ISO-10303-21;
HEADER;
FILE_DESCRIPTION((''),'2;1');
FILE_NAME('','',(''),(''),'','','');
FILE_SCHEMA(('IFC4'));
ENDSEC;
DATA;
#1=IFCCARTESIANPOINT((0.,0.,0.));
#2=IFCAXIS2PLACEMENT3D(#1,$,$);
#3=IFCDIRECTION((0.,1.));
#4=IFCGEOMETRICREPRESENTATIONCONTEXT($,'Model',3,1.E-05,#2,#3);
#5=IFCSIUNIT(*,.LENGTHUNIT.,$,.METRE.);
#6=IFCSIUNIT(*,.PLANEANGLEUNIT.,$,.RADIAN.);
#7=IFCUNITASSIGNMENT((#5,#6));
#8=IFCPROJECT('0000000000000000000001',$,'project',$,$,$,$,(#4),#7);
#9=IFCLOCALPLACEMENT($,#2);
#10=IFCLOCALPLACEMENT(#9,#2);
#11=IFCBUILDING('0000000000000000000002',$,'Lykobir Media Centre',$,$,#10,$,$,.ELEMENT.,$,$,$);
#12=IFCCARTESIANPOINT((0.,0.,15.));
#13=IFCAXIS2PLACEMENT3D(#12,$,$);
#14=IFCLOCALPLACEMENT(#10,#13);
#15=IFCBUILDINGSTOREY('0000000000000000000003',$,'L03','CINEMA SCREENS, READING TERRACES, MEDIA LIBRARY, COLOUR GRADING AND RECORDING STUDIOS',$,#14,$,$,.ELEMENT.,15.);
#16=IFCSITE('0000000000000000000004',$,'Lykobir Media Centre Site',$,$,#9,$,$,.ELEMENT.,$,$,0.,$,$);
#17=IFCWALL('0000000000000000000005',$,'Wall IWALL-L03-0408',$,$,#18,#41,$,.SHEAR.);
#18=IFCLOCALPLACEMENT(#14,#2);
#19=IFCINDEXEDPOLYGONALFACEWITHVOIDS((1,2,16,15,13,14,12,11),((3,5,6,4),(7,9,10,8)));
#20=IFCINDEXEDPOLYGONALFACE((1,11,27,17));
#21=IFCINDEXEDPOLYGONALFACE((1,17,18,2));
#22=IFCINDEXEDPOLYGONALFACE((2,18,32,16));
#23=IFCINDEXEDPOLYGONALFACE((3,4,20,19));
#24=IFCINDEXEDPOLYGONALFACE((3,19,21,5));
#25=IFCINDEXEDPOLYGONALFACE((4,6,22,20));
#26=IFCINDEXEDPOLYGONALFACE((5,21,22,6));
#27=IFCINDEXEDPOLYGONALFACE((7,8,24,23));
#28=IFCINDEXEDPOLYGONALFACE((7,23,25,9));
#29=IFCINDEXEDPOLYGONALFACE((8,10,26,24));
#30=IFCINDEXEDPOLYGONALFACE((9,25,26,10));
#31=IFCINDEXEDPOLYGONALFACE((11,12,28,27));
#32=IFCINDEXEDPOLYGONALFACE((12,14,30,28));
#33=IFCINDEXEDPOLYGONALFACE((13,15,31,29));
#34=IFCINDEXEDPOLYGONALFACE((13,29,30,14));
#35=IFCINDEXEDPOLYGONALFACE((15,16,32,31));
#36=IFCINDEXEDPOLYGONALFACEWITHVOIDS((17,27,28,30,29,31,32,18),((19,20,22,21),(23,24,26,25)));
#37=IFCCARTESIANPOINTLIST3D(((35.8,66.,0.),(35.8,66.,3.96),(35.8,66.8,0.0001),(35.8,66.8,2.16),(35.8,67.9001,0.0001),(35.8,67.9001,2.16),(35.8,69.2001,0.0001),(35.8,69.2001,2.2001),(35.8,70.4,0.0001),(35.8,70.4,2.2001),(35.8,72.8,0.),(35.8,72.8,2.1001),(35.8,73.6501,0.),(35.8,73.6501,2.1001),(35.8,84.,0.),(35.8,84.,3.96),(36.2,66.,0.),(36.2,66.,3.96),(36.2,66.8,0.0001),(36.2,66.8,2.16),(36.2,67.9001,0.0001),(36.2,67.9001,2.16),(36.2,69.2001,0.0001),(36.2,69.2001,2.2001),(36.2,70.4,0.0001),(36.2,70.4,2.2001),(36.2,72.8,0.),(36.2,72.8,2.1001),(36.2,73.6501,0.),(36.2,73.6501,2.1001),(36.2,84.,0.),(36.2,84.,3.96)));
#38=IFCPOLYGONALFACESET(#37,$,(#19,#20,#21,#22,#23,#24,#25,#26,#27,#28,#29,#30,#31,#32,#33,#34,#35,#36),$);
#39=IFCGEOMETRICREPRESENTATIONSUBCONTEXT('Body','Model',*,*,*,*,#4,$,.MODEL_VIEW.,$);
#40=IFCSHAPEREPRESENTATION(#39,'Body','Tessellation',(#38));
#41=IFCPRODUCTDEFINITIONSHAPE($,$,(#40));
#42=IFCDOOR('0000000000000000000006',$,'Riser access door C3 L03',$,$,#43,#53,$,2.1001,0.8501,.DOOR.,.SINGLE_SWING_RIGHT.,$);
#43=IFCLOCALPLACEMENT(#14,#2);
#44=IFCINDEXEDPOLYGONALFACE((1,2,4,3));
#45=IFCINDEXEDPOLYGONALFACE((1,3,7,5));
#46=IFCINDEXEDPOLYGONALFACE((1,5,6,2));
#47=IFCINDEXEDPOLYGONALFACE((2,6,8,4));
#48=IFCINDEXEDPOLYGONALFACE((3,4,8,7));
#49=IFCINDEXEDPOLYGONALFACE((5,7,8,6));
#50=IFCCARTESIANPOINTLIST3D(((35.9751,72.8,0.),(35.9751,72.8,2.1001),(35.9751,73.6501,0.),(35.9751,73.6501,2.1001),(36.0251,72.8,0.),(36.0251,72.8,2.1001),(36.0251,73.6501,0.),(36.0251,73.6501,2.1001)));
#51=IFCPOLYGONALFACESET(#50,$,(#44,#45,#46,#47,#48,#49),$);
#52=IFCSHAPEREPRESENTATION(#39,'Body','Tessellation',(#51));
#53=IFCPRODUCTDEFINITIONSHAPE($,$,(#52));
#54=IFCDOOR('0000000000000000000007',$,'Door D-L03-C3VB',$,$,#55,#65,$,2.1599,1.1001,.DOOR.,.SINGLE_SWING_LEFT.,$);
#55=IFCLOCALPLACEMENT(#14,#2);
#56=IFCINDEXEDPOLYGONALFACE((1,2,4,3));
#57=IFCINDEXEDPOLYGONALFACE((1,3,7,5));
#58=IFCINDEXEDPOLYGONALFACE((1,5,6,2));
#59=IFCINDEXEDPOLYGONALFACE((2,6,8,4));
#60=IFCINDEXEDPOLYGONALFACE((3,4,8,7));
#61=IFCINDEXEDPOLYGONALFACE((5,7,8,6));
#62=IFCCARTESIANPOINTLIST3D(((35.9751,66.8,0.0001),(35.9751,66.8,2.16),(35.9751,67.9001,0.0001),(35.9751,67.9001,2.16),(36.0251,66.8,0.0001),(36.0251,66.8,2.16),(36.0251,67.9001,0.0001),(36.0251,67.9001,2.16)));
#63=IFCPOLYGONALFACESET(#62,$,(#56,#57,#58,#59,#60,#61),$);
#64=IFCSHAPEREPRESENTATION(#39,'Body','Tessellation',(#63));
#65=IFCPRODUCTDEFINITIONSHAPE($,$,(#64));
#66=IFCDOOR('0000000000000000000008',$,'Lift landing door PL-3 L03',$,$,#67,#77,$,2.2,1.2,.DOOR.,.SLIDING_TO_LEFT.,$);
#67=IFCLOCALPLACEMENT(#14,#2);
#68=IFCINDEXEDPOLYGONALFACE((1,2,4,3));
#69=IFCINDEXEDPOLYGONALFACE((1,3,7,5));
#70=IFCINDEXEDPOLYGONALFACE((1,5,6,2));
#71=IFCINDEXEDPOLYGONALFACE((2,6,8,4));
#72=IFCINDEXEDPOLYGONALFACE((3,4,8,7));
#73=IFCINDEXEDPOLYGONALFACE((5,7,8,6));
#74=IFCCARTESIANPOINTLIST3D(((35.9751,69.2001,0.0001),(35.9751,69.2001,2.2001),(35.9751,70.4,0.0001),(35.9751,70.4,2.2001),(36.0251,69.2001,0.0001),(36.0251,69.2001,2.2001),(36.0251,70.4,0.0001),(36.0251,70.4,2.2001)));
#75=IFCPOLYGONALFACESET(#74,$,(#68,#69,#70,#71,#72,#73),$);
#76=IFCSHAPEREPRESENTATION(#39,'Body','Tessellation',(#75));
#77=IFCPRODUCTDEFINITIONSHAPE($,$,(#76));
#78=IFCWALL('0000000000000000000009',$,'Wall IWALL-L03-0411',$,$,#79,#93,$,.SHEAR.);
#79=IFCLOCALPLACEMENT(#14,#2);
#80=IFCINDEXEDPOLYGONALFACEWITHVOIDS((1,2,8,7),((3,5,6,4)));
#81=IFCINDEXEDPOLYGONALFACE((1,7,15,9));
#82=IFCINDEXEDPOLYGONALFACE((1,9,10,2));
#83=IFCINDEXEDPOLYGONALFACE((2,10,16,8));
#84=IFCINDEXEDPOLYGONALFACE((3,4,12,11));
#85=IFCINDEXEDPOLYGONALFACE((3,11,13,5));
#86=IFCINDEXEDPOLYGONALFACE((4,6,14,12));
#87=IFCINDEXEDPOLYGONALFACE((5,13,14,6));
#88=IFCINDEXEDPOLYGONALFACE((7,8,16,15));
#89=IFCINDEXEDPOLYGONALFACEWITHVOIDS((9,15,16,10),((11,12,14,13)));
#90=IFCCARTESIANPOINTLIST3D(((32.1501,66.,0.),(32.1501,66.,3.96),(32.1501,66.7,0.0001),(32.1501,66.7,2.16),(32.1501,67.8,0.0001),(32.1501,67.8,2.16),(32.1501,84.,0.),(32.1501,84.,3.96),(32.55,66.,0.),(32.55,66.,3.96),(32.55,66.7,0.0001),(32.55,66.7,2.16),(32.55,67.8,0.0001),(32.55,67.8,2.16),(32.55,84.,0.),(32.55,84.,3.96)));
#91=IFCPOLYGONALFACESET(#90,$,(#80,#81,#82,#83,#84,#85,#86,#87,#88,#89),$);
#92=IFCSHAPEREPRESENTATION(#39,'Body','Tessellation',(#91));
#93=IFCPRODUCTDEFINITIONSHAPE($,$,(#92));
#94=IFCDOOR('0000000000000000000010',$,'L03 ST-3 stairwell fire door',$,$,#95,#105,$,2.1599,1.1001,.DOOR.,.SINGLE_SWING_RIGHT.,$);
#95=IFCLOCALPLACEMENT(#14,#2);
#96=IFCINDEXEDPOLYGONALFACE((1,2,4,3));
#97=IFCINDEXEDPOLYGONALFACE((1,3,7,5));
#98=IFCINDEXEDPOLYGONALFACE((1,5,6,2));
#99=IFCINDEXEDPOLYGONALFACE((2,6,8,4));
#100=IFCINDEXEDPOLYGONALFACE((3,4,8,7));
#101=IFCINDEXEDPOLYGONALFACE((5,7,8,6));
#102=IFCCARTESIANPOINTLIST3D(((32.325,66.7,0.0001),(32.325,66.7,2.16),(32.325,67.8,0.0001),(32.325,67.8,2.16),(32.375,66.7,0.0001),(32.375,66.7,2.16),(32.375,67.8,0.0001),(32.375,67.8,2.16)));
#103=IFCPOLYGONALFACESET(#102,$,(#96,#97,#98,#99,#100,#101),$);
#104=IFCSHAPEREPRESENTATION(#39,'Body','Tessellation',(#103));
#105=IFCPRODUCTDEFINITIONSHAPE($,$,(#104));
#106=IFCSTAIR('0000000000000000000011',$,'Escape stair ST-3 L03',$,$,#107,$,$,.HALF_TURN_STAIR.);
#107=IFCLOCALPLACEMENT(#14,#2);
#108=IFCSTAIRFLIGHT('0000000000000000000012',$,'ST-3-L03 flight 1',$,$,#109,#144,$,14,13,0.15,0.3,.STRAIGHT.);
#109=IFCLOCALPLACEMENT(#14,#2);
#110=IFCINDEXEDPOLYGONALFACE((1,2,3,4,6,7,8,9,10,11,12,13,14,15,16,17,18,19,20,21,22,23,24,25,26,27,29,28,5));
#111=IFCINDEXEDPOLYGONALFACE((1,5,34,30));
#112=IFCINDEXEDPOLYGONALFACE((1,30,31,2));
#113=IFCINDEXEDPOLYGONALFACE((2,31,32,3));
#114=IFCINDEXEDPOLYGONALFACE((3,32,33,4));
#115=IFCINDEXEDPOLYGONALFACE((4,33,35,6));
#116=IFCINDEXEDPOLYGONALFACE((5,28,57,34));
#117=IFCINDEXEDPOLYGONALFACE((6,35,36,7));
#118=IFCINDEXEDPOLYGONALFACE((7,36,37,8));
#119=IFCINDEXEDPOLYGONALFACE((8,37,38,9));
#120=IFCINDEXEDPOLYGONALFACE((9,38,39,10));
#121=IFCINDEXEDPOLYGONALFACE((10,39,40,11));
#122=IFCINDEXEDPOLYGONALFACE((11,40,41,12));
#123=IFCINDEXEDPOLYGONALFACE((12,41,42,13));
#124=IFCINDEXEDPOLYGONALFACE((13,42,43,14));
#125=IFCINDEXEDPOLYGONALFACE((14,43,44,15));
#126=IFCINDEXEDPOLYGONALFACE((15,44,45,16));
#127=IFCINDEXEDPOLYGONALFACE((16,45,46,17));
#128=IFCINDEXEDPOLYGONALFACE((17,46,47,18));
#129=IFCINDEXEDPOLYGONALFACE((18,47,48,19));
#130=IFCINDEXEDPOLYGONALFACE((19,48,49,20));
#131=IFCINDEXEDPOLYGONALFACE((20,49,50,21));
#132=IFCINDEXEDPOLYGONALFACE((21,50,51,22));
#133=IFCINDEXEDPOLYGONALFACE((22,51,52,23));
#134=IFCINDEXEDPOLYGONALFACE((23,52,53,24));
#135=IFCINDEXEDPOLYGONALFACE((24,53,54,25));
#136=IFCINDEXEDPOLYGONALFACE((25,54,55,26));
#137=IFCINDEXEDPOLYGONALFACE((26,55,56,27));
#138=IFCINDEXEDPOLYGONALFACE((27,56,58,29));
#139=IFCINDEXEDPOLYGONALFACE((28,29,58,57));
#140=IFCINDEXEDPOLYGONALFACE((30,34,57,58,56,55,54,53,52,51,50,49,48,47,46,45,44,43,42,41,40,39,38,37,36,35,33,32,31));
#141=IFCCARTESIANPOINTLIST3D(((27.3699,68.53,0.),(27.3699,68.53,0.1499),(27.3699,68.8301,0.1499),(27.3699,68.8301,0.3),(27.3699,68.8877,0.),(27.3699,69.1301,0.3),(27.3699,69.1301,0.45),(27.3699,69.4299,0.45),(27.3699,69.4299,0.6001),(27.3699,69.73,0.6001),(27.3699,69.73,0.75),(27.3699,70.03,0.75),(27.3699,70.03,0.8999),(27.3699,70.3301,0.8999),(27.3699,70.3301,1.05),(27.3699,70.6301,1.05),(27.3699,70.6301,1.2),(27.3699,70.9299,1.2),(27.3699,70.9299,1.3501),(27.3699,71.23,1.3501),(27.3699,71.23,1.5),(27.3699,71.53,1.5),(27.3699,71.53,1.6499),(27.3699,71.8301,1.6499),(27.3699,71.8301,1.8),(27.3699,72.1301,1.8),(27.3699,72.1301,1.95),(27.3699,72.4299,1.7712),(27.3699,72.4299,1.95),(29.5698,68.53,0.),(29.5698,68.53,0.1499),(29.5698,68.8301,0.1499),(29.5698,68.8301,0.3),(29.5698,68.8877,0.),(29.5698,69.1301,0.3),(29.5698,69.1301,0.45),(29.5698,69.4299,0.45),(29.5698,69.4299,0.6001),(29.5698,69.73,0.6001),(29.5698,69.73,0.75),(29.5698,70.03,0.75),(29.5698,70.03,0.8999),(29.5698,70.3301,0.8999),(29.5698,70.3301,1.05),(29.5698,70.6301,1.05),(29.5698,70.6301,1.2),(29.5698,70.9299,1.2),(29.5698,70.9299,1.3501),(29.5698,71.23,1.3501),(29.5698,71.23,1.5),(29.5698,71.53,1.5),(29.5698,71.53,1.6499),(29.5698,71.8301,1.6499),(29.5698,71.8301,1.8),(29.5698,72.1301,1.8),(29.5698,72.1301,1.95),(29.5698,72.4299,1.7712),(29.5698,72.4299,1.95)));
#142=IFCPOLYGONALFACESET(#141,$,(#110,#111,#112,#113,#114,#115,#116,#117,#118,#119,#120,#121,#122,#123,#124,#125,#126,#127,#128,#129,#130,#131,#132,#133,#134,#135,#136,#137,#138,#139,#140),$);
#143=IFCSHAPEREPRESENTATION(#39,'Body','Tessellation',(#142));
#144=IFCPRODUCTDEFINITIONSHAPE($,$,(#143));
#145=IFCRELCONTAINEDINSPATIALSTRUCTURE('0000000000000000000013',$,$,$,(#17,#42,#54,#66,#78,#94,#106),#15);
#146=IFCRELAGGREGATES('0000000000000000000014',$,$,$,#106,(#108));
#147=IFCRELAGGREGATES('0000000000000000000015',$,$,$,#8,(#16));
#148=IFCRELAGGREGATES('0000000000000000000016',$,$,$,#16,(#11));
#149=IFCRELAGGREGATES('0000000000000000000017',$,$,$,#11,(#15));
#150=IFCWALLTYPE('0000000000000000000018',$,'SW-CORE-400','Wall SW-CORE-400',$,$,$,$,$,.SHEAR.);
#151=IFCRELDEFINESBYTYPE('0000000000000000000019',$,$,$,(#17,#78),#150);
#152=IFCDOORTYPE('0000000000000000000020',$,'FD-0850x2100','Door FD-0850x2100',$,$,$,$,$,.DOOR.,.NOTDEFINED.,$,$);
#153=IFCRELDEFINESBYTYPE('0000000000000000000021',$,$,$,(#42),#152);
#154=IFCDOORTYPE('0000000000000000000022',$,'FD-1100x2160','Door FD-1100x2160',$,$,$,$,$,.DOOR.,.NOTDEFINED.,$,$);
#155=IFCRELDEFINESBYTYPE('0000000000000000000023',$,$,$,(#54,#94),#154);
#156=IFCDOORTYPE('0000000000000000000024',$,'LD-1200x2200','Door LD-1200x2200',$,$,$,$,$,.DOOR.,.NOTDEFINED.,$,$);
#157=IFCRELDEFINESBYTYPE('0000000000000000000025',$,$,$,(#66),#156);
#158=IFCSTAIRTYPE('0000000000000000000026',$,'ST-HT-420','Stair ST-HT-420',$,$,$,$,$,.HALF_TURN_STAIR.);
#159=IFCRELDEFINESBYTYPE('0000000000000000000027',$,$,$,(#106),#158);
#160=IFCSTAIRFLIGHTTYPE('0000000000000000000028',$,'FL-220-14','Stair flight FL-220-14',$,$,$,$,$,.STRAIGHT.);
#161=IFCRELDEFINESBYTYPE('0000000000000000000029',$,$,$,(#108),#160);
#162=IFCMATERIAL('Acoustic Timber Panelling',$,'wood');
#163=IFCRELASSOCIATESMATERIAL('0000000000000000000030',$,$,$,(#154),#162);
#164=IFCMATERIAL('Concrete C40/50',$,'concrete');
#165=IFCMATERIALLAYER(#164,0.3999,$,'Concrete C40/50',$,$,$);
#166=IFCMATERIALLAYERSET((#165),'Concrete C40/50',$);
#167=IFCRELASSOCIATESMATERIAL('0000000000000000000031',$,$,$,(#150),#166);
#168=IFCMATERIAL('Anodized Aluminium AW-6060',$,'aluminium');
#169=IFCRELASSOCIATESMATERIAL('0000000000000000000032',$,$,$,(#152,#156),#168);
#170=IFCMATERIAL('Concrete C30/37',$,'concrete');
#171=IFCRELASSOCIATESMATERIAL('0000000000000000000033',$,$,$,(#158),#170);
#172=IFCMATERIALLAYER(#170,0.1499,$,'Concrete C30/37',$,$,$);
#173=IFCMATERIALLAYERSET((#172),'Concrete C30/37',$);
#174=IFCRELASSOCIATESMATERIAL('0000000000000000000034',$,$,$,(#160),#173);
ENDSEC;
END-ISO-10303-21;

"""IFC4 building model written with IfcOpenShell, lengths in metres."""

from ifc_helpers import new_model, si_unit, direction, frame, frame_2d, origin, place, context, subcontext, project, spatial, polyline, rectangle, outline, extrude, material, layer, layer_set, type_object, element, fill, aggregate, save


model = new_model("IFC4")

# Units and contexts
model_context = context("Model", 3, precision=1e-05, world=origin(), true_north=direction((0.0, 1.0)))
body_context = subcontext(model_context, "Body", "Model", "MODEL_VIEW")
ifc_project = project(units=[si_unit("LENGTHUNIT", "METRE"), si_unit("PLANEANGLEUNIT", "RADIAN")], contexts=[model_context])

# Site, building, storey
site_placement = place(None, origin())
site = spatial("IfcSite", under=ifc_project, at=site_placement, Name="Lykobir Media Centre Site", CompositionType="ELEMENT", RefElevation=0.0)
building_placement = place(site_placement, origin())
building = spatial("IfcBuilding", under=site, at=building_placement, Name="Lykobir Media Centre", CompositionType="ELEMENT")
storey_placement = place(building_placement, frame((0.0, 0.0, 15.0)))
storey = spatial("IfcBuildingStorey", under=building, at=storey_placement, Name="L03", Description="CINEMA SCREENS, READING TERRACES, MEDIA LIBRARY, COLOUR GRADING AND RECORDING STUDIOS", CompositionType="ELEMENT", Elevation=15.0)

# Shared definitions
ifc_material_1 = material(Name="Concrete C40/50", Category="concrete")

# Shared definitions
ifc_material_2 = material(Name="Acoustic Timber Panelling", Category="wood")
door_type_1 = type_object("IfcDoorType", Name="FD-1100x2160", Description="Door FD-1100x2160", OperationType="NOTDEFINED", PredefinedType="DOOR", material=ifc_material_2)

# Shared definitions
ifc_material_3 = material(Name="Concrete C30/37", Category="concrete")

# Shared definitions
ifc_layer_1 = layer(ifc_material_1, 0.3999, Name="Concrete C40/50")
ifc_layer_set_1 = layer_set([ifc_layer_1], Name="Concrete C40/50")
wall_type_1 = type_object("IfcWallType", Name="SW-CORE-400", Description="Wall SW-CORE-400", PredefinedType="SHEAR", material=ifc_layer_set_1)

# Wall, openings, doors
wall_1_placement = place(storey_placement, frame((36.0, 66.0, 0.0), z_axis=(0.0, 0.0, 1.0), x_axis=(0.0, 1.0, 0.0)))
wall_1 = element("IfcWall", 1, at=wall_1_placement, inside=storey, type_object=wall_type_1, Name="Wall IWALL-L03-0408", PredefinedType="SHEAR", context=body_context, shape_type="SweptSolid", body=[
    extrude(rectangle(XDim=18.0, YDim=0.3999, at=frame_2d((9.0, 0.0))), origin(), (0.0, 0.0, 1.0), 3.96),
])
opening_1_placement = place(wall_1_placement, frame((0.8, 0.0, 0.0)))
opening_1 = element("IfcOpeningElement", 2, at=opening_1_placement, cuts=wall_1, PredefinedType="OPENING", context=body_context, shape_type="SweptSolid", body=[
    extrude(rectangle(XDim=1.1001, YDim=2.1599, at=frame_2d((0.55, 1.0801))), frame((0.0, 0.21, 0.0), z_axis=(0.0, -1.0, 0.0), x_axis=(1.0, 0.0, 0.0)), (0.0, 0.0, 1.0), 0.4199),
])
opening_2_placement = place(wall_1_placement, frame((3.2, 0.0, 0.0)))
opening_2 = element("IfcOpeningElement", 3, at=opening_2_placement, cuts=wall_1, PredefinedType="OPENING", context=body_context, shape_type="SweptSolid", body=[
    extrude(rectangle(XDim=1.2, YDim=2.2, at=frame_2d((0.6001, 1.1001))), frame((0.0, 0.21, 0.0), z_axis=(0.0, -1.0, 0.0), x_axis=(1.0, 0.0, 0.0)), (0.0, 0.0, 1.0), 0.4199),
])
opening_3_placement = place(wall_1_placement, frame((6.8, 0.0, 0.0)))
opening_3 = element("IfcOpeningElement", 4, at=opening_3_placement, cuts=wall_1, PredefinedType="OPENING", context=body_context, shape_type="SweptSolid", body=[
    extrude(rectangle(XDim=0.8501, YDim=2.1001, at=frame_2d((0.425, 1.05))), frame((0.0, 0.21, 0.0), z_axis=(0.0, -1.0, 0.0), x_axis=(1.0, 0.0, 0.0)), (0.0, 0.0, 1.0), 0.4199),
])
ifc_material_4 = material(Name="Anodized Aluminium AW-6060", Category="aluminium")
door_type_2 = type_object("IfcDoorType", Name="FD-0850x2100", Description="Door FD-0850x2100", OperationType="NOTDEFINED", PredefinedType="DOOR", material=ifc_material_4)
door_1_placement = place(opening_3_placement, origin())
door_1 = element("IfcDoor", 5, at=door_1_placement, inside=storey, type_object=door_type_2, Name="Riser access door C3 L03", OperationType="SINGLE_SWING_RIGHT", OverallHeight=2.1001, OverallWidth=0.8501, PredefinedType="DOOR", context=body_context, shape_type="SweptSolid", body=[
    extrude(rectangle(XDim=0.8501, YDim=2.1001, at=frame_2d((0.425, 1.05))), frame((0.0, 0.0249, 0.0), z_axis=(0.0, -1.0, 0.0), x_axis=(1.0, 0.0, 0.0)), (0.0, 0.0, 1.0), 0.05),
])
fill(opening_3, door_1)
door_2_placement = place(opening_1_placement, origin())
door_2 = element("IfcDoor", 6, at=door_2_placement, inside=storey, type_object=door_type_1, Name="Door D-L03-C3VB", OperationType="SINGLE_SWING_LEFT", OverallHeight=2.1599, OverallWidth=1.1001, PredefinedType="DOOR", context=body_context, shape_type="SweptSolid", body=[
    extrude(rectangle(XDim=1.1001, YDim=2.1599, at=frame_2d((0.55, 1.0801))), frame((0.0, 0.0249, 0.0), z_axis=(0.0, -1.0, 0.0), x_axis=(1.0, 0.0, 0.0)), (0.0, 0.0, 1.0), 0.05),
])
fill(opening_1, door_2)
door_type_3 = type_object("IfcDoorType", Name="LD-1200x2200", Description="Door LD-1200x2200", OperationType="NOTDEFINED", PredefinedType="DOOR", material=ifc_material_4)
door_3_placement = place(opening_2_placement, origin())
door_3 = element("IfcDoor", 7, at=door_3_placement, inside=storey, type_object=door_type_3, Name="Lift landing door PL-3 L03", OperationType="SLIDING_TO_LEFT", OverallHeight=2.2, OverallWidth=1.2, PredefinedType="DOOR", context=body_context, shape_type="SweptSolid", body=[
    extrude(rectangle(XDim=1.2, YDim=2.2, at=frame_2d((0.6001, 1.1001))), frame((0.0, 0.0249, 0.0), z_axis=(0.0, -1.0, 0.0), x_axis=(1.0, 0.0, 0.0)), (0.0, 0.0, 1.0), 0.05),
])
fill(opening_2, door_3)

# Wall, opening, door
wall_2_placement = place(storey_placement, frame((32.3501, 66.0, 0.0), z_axis=(0.0, 0.0, 1.0), x_axis=(0.0, 1.0, 0.0)))
wall_2 = element("IfcWall", 8, at=wall_2_placement, inside=storey, type_object=wall_type_1, Name="Wall IWALL-L03-0411", PredefinedType="SHEAR", context=body_context, shape_type="SweptSolid", body=[
    extrude(rectangle(XDim=18.0, YDim=0.3999, at=frame_2d((9.0, 0.0))), origin(), (0.0, 0.0, 1.0), 3.96),
])
opening_4_placement = place(wall_2_placement, frame((0.7, 0.0, 0.0)))
opening_4 = element("IfcOpeningElement", 9, at=opening_4_placement, cuts=wall_2, PredefinedType="OPENING", context=body_context, shape_type="SweptSolid", body=[
    extrude(rectangle(XDim=1.1001, YDim=2.1599, at=frame_2d((0.55, 1.0801))), frame((0.0, 0.21, 0.0), z_axis=(0.0, -1.0, 0.0), x_axis=(1.0, 0.0, 0.0)), (0.0, 0.0, 1.0), 0.4199),
])
door_4_placement = place(opening_4_placement, frame((1.1001, 0.0, 0.0), z_axis=(0.0, 0.0, 1.0), x_axis=(-1.0, 0.0, 0.0)))
door_4 = element("IfcDoor", 10, at=door_4_placement, inside=storey, type_object=door_type_1, Name="L03 ST-3 stairwell fire door", OperationType="SINGLE_SWING_RIGHT", OverallHeight=2.1599, OverallWidth=1.1001, PredefinedType="DOOR", context=body_context, shape_type="SweptSolid", body=[
    extrude(rectangle(XDim=1.1001, YDim=2.1599, at=frame_2d((0.55, 1.0801))), frame((0.0, 0.0249, 0.0), z_axis=(0.0, -1.0, 0.0), x_axis=(1.0, 0.0, 0.0)), (0.0, 0.0, 1.0), 0.05),
])
fill(opening_4, door_4)

# Stair, stair flight
stair_type = type_object("IfcStairType", Name="ST-HT-420", Description="Stair ST-HT-420", PredefinedType="HALF_TURN_STAIR", material=ifc_material_3)
stair_placement = place(storey_placement, origin())
stair = element("IfcStair", 11, at=stair_placement, inside=storey, type_object=stair_type, Name="Escape stair ST-3 L03", PredefinedType="HALF_TURN_STAIR")
ifc_layer_2 = layer(ifc_material_3, 0.1499, Name="Concrete C30/37")
ifc_layer_set_2 = layer_set([ifc_layer_2], Name="Concrete C30/37")
stair_flight_type = type_object("IfcStairFlightType", Name="FL-220-14", Description="Stair flight FL-220-14", PredefinedType="STRAIGHT", material=ifc_layer_set_2)
stair_flight_placement = place(storey_placement, frame((28.47, 68.53, 0.0), z_axis=(0.0, 0.0, 1.0), x_axis=(0.0, 1.0, 0.0)))
stair_flight = element("IfcStairFlight", 12, at=stair_flight_placement, type_object=stair_flight_type, Name="ST-3-L03 flight 1", NumberOfRisers=14, NumberOfTreads=13, PredefinedType="STRAIGHT", RiserHeight=0.15, TreadLength=0.3, context=body_context, shape_type="SweptSolid", body=[
    extrude(outline(polyline([(0.0, 0.0), (0.0, 0.1499), (0.3, 0.1499), (0.3, 0.3), (0.6001, 0.3), (0.6001, 0.45), (0.8999, 0.45), (0.8999, 0.6001), (1.2, 0.6001), (1.2, 0.75), (1.5, 0.75), (1.5, 0.8999), (1.8, 0.8999), (1.8, 1.05), (2.1001, 1.05), (2.1001, 1.2), (2.3999, 1.2), (2.3999, 1.3501), (2.7, 1.3501), (2.7, 1.5), (3.0, 1.5), (3.0, 1.6499), (3.3, 1.6499), (3.3, 1.8), (3.6001, 1.8), (3.6001, 1.95), (3.8999, 1.95), (3.8999, 2.1001), (3.8999, 1.7712), (0.3577, 0.0), (0.0, 0.0)])), frame((0.0, 1.1001, 0.0), z_axis=(0.0, -1.0, 0.0), x_axis=(1.0, 0.0, 0.0)), (0.0, 0.0, 1.0), 2.2),
])
aggregate(stair, [stair_flight])

save(model, "model.ifc")
